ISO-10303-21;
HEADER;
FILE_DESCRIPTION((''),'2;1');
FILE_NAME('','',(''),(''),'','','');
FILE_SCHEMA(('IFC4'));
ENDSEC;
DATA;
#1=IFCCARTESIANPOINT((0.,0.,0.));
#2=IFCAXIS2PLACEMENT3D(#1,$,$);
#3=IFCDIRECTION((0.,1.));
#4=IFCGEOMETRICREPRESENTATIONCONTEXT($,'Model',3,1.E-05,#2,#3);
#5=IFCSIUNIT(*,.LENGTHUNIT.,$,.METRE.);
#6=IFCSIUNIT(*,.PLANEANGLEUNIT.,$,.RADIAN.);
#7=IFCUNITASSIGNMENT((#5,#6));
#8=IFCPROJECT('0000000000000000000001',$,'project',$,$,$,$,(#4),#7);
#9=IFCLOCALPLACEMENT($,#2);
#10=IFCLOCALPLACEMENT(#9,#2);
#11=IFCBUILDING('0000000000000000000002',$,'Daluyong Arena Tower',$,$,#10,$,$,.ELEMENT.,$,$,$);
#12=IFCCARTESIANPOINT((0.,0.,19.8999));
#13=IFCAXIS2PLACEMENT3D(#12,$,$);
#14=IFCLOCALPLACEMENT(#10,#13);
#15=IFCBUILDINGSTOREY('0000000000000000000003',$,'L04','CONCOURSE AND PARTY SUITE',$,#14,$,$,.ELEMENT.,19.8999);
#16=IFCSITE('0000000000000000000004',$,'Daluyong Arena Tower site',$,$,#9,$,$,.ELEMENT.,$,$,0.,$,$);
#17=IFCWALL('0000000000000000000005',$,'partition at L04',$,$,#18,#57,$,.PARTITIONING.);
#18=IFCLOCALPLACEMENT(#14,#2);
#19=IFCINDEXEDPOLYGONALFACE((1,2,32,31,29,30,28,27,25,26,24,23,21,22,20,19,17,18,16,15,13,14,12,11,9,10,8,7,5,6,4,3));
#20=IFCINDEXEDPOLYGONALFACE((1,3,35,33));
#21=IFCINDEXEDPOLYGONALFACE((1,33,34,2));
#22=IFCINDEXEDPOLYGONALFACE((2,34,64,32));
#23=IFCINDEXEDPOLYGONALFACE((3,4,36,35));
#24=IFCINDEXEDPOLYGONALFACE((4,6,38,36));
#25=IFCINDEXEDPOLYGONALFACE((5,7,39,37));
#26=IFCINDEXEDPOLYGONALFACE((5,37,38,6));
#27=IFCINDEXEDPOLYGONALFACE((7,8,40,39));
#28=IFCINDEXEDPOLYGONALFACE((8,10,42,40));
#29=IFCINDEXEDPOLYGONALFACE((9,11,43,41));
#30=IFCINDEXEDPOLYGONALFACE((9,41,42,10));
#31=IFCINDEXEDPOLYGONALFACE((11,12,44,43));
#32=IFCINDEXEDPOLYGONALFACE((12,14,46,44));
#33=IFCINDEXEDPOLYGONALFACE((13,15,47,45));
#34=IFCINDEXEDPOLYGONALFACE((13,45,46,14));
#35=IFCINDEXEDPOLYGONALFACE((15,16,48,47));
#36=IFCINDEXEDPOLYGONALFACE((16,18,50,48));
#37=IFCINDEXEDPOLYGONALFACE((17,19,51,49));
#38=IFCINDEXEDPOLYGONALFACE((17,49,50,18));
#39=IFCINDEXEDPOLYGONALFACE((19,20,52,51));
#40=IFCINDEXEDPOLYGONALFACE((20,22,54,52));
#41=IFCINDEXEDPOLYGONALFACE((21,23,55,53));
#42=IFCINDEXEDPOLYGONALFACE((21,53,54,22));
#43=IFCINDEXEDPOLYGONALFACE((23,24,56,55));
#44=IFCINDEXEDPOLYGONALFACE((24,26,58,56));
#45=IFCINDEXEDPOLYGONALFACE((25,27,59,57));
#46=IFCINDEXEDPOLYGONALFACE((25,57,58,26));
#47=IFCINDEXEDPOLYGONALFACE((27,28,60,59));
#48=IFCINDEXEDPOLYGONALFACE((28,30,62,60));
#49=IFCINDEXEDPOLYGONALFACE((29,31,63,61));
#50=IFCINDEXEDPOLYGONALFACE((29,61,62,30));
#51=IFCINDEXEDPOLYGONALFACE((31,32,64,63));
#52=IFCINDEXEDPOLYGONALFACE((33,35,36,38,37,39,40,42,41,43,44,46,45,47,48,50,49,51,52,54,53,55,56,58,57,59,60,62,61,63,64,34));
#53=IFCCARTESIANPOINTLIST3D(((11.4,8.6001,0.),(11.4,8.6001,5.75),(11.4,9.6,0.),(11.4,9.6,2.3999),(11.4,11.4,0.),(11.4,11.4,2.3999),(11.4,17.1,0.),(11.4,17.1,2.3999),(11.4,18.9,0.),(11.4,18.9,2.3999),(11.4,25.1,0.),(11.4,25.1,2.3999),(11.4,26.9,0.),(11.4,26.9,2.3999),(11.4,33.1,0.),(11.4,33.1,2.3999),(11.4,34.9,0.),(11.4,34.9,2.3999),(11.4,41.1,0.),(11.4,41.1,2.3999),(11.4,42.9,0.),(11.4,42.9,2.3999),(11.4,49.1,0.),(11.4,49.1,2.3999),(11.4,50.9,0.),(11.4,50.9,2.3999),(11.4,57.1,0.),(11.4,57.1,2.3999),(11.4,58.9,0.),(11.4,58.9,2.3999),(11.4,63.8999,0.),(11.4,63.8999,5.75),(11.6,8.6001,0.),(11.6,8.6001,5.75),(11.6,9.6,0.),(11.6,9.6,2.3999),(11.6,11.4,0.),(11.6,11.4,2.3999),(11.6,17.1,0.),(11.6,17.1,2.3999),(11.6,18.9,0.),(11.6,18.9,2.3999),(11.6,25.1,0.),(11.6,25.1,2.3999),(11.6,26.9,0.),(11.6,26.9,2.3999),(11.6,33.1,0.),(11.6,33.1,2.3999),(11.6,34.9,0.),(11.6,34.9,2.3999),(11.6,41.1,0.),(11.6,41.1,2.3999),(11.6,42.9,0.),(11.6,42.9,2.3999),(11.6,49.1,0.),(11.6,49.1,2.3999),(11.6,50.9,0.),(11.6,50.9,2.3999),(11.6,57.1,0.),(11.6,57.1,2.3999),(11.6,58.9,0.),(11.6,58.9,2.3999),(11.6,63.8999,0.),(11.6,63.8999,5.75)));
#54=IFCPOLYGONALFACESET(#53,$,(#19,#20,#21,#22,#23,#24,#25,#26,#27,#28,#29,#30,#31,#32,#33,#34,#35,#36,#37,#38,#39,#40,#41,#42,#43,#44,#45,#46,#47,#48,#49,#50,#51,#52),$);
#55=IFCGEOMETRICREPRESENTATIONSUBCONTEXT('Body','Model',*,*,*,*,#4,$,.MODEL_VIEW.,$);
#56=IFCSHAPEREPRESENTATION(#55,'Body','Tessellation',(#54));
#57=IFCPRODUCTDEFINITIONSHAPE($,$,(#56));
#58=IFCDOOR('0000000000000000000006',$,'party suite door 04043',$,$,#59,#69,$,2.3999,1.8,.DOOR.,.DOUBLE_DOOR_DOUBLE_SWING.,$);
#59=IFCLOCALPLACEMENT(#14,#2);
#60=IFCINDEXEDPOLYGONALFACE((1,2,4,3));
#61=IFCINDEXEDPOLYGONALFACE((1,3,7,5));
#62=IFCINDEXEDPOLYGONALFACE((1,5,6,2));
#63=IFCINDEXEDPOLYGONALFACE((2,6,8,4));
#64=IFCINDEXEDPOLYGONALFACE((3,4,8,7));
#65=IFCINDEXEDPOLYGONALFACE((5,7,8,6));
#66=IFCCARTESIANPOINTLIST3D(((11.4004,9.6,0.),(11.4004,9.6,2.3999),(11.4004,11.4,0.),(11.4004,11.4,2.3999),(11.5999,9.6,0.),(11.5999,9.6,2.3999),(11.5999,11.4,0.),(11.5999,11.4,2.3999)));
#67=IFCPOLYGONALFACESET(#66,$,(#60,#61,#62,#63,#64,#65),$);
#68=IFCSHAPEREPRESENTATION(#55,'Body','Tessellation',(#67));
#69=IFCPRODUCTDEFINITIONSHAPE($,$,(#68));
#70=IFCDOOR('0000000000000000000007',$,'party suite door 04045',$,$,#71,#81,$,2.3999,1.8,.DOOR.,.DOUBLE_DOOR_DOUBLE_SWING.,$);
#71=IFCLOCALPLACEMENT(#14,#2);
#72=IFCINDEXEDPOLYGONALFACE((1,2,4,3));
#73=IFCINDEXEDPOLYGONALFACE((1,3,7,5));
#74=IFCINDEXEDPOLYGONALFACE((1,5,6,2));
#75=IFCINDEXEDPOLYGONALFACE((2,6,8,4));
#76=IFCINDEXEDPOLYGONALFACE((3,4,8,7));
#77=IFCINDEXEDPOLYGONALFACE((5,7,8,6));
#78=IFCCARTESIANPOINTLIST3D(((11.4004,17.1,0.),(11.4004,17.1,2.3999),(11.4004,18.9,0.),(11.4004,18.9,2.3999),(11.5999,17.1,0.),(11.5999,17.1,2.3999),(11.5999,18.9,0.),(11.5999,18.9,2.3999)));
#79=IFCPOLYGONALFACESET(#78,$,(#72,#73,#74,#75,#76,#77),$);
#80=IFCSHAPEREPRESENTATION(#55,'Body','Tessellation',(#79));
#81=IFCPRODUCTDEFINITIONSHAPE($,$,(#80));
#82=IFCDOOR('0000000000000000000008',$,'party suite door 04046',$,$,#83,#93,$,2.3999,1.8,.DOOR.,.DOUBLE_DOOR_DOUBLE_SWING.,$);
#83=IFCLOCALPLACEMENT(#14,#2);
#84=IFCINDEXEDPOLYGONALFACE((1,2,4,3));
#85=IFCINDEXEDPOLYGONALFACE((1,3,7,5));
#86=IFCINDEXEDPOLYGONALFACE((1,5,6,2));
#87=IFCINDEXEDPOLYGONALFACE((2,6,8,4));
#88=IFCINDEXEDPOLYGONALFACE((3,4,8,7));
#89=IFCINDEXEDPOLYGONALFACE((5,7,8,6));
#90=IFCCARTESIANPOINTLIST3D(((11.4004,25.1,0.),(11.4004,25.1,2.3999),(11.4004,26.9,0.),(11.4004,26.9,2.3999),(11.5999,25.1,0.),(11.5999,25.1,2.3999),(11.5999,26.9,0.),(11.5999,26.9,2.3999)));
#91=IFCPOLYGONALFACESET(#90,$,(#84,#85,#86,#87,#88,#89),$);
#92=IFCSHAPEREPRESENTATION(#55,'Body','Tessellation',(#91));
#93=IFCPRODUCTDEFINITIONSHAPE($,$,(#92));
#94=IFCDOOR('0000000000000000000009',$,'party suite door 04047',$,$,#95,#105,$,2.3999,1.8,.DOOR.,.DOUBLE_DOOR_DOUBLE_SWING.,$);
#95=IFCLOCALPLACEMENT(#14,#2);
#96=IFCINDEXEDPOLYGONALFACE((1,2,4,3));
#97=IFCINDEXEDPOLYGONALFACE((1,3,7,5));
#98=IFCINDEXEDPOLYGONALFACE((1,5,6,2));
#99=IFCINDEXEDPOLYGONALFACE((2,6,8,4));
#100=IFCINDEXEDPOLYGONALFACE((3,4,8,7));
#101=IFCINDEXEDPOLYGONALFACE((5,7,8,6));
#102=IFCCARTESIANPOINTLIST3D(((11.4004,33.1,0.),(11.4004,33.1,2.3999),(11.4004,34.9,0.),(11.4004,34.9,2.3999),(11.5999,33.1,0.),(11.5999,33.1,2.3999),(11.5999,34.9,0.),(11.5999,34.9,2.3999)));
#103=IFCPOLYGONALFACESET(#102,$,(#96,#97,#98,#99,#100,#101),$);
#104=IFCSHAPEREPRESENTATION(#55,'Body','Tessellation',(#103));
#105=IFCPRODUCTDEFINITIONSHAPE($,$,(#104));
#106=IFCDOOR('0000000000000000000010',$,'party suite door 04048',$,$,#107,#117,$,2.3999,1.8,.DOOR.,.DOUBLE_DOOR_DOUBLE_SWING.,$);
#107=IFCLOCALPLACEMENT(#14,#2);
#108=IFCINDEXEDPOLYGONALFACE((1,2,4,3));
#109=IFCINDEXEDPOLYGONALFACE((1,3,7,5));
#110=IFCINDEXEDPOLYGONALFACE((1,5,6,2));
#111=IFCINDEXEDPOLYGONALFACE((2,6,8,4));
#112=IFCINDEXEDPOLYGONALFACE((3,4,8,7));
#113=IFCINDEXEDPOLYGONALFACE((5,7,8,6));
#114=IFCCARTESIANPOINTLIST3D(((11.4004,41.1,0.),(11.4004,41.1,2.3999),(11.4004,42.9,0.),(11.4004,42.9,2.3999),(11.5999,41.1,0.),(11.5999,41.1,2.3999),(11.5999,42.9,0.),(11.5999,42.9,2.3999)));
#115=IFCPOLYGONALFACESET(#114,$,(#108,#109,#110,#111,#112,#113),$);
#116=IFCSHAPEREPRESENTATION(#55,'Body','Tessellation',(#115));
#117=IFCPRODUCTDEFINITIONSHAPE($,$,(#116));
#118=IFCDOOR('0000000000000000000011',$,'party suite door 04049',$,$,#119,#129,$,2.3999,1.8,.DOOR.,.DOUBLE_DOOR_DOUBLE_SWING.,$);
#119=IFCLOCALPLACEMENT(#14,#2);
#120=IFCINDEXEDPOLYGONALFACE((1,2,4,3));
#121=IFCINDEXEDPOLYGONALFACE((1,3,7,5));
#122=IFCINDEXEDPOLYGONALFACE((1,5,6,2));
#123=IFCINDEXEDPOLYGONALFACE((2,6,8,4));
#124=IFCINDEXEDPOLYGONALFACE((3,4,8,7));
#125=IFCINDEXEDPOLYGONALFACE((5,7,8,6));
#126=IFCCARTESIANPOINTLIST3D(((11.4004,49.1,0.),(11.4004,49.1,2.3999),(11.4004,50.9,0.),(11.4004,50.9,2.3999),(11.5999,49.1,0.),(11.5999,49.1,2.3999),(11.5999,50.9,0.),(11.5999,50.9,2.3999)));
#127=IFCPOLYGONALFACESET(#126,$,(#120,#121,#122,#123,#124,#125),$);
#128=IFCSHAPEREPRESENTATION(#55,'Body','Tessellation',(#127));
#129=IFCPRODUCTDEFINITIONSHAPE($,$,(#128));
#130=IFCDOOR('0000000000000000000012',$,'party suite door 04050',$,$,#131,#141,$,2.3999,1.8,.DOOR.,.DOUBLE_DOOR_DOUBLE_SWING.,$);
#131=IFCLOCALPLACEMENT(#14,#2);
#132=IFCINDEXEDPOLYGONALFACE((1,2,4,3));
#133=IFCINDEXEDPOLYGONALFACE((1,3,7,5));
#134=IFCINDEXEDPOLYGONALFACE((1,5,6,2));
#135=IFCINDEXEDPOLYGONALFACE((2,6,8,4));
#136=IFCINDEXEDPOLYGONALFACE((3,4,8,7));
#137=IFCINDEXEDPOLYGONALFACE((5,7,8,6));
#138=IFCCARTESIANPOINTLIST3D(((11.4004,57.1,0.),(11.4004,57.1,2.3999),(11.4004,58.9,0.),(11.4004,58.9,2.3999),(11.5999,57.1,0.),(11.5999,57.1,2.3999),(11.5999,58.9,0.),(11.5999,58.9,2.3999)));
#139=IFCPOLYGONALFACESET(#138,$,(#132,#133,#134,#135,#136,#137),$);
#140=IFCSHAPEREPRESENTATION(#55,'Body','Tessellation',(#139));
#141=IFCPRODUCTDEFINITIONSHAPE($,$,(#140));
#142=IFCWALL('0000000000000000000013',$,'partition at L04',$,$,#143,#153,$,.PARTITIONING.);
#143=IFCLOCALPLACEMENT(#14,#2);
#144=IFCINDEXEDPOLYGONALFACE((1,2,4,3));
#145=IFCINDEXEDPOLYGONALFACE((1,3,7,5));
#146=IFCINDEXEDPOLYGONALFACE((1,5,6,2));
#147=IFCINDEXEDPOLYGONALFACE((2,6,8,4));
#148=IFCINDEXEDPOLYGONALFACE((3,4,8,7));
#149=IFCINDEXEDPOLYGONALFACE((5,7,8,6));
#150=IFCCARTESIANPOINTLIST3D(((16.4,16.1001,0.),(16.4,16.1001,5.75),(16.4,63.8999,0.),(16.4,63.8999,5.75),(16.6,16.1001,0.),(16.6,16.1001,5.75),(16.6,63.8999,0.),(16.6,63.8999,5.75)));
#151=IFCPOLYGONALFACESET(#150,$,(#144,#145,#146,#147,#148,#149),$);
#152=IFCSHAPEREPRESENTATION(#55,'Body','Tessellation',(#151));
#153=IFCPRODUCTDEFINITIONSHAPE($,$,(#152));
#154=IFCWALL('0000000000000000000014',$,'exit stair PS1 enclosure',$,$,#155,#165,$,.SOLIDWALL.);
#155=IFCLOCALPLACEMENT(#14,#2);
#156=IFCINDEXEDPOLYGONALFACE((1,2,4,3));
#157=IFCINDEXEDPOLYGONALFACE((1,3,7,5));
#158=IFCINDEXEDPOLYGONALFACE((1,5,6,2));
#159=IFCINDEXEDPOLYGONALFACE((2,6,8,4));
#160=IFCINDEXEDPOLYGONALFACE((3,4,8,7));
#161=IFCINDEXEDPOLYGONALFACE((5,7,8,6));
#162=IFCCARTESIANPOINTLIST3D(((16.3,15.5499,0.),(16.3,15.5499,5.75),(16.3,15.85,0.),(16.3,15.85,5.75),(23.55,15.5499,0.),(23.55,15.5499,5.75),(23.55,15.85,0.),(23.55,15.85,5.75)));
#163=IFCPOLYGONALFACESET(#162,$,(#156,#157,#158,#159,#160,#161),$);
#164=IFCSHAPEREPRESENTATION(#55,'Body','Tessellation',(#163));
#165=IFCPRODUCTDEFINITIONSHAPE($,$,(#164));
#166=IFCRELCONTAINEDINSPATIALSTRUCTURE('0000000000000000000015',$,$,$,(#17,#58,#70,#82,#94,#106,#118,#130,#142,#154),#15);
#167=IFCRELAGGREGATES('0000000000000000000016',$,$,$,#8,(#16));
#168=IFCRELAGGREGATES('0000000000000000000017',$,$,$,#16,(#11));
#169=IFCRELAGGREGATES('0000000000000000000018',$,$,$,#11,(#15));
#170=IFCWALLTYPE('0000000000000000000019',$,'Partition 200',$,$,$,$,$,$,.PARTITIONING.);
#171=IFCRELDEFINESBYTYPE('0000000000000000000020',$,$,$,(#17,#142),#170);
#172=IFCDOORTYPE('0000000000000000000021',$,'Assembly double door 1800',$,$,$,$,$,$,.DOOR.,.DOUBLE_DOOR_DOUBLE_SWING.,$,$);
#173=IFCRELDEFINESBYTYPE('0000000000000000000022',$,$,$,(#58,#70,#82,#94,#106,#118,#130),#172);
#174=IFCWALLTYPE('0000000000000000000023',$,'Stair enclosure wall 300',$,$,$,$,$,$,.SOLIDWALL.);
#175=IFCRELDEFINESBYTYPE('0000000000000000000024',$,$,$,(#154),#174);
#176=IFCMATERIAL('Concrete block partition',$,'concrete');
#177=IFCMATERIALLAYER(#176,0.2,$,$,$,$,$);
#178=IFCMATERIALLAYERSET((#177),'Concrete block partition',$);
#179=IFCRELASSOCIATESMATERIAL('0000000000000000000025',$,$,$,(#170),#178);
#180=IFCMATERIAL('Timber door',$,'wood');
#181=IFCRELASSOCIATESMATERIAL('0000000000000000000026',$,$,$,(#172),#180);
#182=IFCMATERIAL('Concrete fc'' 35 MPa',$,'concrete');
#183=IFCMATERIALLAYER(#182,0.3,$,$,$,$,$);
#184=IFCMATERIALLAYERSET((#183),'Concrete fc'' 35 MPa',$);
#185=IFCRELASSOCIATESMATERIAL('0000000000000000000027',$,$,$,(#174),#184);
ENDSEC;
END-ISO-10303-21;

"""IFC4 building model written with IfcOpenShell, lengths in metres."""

from ifc_helpers import new_model, si_unit, direction, frame, frame_2d, origin, place, context, subcontext, project, spatial, rectangle, extrude, material, layer, layer_set, type_object, element, fill, save


model = new_model("IFC4")

# Units and contexts
model_context = context("Model", 3, precision=1e-05, world=origin(), true_north=direction((0.0, 1.0)))
body_context = subcontext(model_context, "Body", "Model", "MODEL_VIEW")
ifc_project = project(units=[si_unit("LENGTHUNIT", "METRE"), si_unit("PLANEANGLEUNIT", "RADIAN")], contexts=[model_context])

# Site, building, storey
site_placement = place(None, origin())
site = spatial("IfcSite", under=ifc_project, at=site_placement, Name="Daluyong Arena Tower site", CompositionType="ELEMENT", RefElevation=0.0)
building_placement = place(site_placement, origin())
building = spatial("IfcBuilding", under=site, at=building_placement, Name="Daluyong Arena Tower", CompositionType="ELEMENT")
storey_placement = place(building_placement, frame((0.0, 0.0, 19.8999)))
storey = spatial("IfcBuildingStorey", under=building, at=storey_placement, Name="L04", Description="CONCOURSE AND PARTY SUITE", CompositionType="ELEMENT", Elevation=19.8999)

# Shared definitions
ifc_material_1 = material(Name="Concrete block partition", Category="concrete")
ifc_layer_1 = layer(ifc_material_1, 0.2)
ifc_layer_set_1 = layer_set([ifc_layer_1], Name="Concrete block partition")
wall_type_1 = type_object("IfcWallType", Name="Partition 200", PredefinedType="PARTITIONING", material=ifc_layer_set_1)

# Wall, openings, doors
wall_1_placement = place(storey_placement, frame((11.5, 8.6001, 0.0), z_axis=(0.0, 0.0, 1.0), x_axis=(0.0, 1.0, 0.0)))
wall_1 = element("IfcWall", 1, at=wall_1_placement, inside=storey, type_object=wall_type_1, Name="partition at L04", PredefinedType="PARTITIONING", context=body_context, shape_type="SweptSolid", body=[
    extrude(rectangle(XDim=55.2998, YDim=0.2, at=frame_2d((27.6499, 0.0))), origin(), (0.0, 0.0, 1.0), 5.75),
])
opening_1_placement = place(wall_1_placement, frame((1.0, 0.0, 0.0)))
opening_1 = element("IfcOpeningElement", 2, at=opening_1_placement, cuts=wall_1, PredefinedType="OPENING", context=body_context, shape_type="SweptSolid", body=[
    extrude(rectangle(XDim=1.8, YDim=2.3999, at=frame_2d((0.8999, 1.2))), frame((0.0, 0.1099, 0.0), z_axis=(0.0, -1.0, 0.0), x_axis=(1.0, 0.0, 0.0)), (0.0, 0.0, 1.0), 0.22),
])
opening_2_placement = place(wall_1_placement, frame((8.5, 0.0, 0.0)))
opening_2 = element("IfcOpeningElement", 3, at=opening_2_placement, cuts=wall_1, PredefinedType="OPENING", context=body_context, shape_type="SweptSolid", body=[
    extrude(rectangle(XDim=1.8, YDim=2.3999, at=frame_2d((0.8999, 1.2))), frame((0.0, 0.1099, 0.0), z_axis=(0.0, -1.0, 0.0), x_axis=(1.0, 0.0, 0.0)), (0.0, 0.0, 1.0), 0.22),
])
opening_3_placement = place(wall_1_placement, frame((16.5, 0.0, 0.0)))
opening_3 = element("IfcOpeningElement", 4, at=opening_3_placement, cuts=wall_1, PredefinedType="OPENING", context=body_context, shape_type="SweptSolid", body=[
    extrude(rectangle(XDim=1.8, YDim=2.3999, at=frame_2d((0.8999, 1.2))), frame((0.0, 0.1099, 0.0), z_axis=(0.0, -1.0, 0.0), x_axis=(1.0, 0.0, 0.0)), (0.0, 0.0, 1.0), 0.22),
])
opening_4_placement = place(wall_1_placement, frame((24.5, 0.0, 0.0)))
opening_4 = element("IfcOpeningElement", 5, at=opening_4_placement, cuts=wall_1, PredefinedType="OPENING", context=body_context, shape_type="SweptSolid", body=[
    extrude(rectangle(XDim=1.8, YDim=2.3999, at=frame_2d((0.8999, 1.2))), frame((0.0, 0.1099, 0.0), z_axis=(0.0, -1.0, 0.0), x_axis=(1.0, 0.0, 0.0)), (0.0, 0.0, 1.0), 0.22),
])
opening_5_placement = place(wall_1_placement, frame((32.5, 0.0, 0.0)))
opening_5 = element("IfcOpeningElement", 6, at=opening_5_placement, cuts=wall_1, PredefinedType="OPENING", context=body_context, shape_type="SweptSolid", body=[
    extrude(rectangle(XDim=1.8, YDim=2.3999, at=frame_2d((0.8999, 1.2))), frame((0.0, 0.1099, 0.0), z_axis=(0.0, -1.0, 0.0), x_axis=(1.0, 0.0, 0.0)), (0.0, 0.0, 1.0), 0.22),
])
opening_6_placement = place(wall_1_placement, frame((40.5, 0.0, 0.0)))
opening_6 = element("IfcOpeningElement", 7, at=opening_6_placement, cuts=wall_1, PredefinedType="OPENING", context=body_context, shape_type="SweptSolid", body=[
    extrude(rectangle(XDim=1.8, YDim=2.3999, at=frame_2d((0.8999, 1.2))), frame((0.0, 0.1099, 0.0), z_axis=(0.0, -1.0, 0.0), x_axis=(1.0, 0.0, 0.0)), (0.0, 0.0, 1.0), 0.22),
])
opening_7_placement = place(wall_1_placement, frame((48.5, 0.0, 0.0)))
opening_7 = element("IfcOpeningElement", 8, at=opening_7_placement, cuts=wall_1, PredefinedType="OPENING", context=body_context, shape_type="SweptSolid", body=[
    extrude(rectangle(XDim=1.8, YDim=2.3999, at=frame_2d((0.8999, 1.2))), frame((0.0, 0.1099, 0.0), z_axis=(0.0, -1.0, 0.0), x_axis=(1.0, 0.0, 0.0)), (0.0, 0.0, 1.0), 0.22),
])
ifc_material_2 = material(Name="Timber door", Category="wood")
door_type = type_object("IfcDoorType", Name="Assembly double door 1800", OperationType="DOUBLE_DOOR_DOUBLE_SWING", PredefinedType="DOOR", material=ifc_material_2)
door_1_placement = place(opening_1_placement, origin())
door_1 = element("IfcDoor", 9, at=door_1_placement, inside=storey, type_object=door_type, Name="party suite door 04043", OperationType="DOUBLE_DOOR_DOUBLE_SWING", OverallHeight=2.3999, OverallWidth=1.8, PredefinedType="DOOR", context=body_context, shape_type="SweptSolid", body=[
    extrude(rectangle(XDim=1.8, YDim=2.3999, at=frame_2d((0.8999, 1.2))), frame((0.0, 0.0996, 0.0), z_axis=(0.0, -1.0, 0.0), x_axis=(1.0, 0.0, 0.0)), (0.0, 0.0, 1.0), 0.1995),
])
fill(opening_1, door_1)
door_2_placement = place(opening_2_placement, origin())
door_2 = element("IfcDoor", 10, at=door_2_placement, inside=storey, type_object=door_type, Name="party suite door 04045", OperationType="DOUBLE_DOOR_DOUBLE_SWING", OverallHeight=2.3999, OverallWidth=1.8, PredefinedType="DOOR", context=body_context, shape_type="SweptSolid", body=[
    extrude(rectangle(XDim=1.8, YDim=2.3999, at=frame_2d((0.8999, 1.2))), frame((0.0, 0.0996, 0.0), z_axis=(0.0, -1.0, 0.0), x_axis=(1.0, 0.0, 0.0)), (0.0, 0.0, 1.0), 0.1995),
])
fill(opening_2, door_2)
door_3_placement = place(opening_3_placement, origin())
door_3 = element("IfcDoor", 11, at=door_3_placement, inside=storey, type_object=door_type, Name="party suite door 04046", OperationType="DOUBLE_DOOR_DOUBLE_SWING", OverallHeight=2.3999, OverallWidth=1.8, PredefinedType="DOOR", context=body_context, shape_type="SweptSolid", body=[
    extrude(rectangle(XDim=1.8, YDim=2.3999, at=frame_2d((0.8999, 1.2))), frame((0.0, 0.0996, 0.0), z_axis=(0.0, -1.0, 0.0), x_axis=(1.0, 0.0, 0.0)), (0.0, 0.0, 1.0), 0.1995),
])
fill(opening_3, door_3)
door_4_placement = place(opening_4_placement, origin())
door_4 = element("IfcDoor", 12, at=door_4_placement, inside=storey, type_object=door_type, Name="party suite door 04047", OperationType="DOUBLE_DOOR_DOUBLE_SWING", OverallHeight=2.3999, OverallWidth=1.8, PredefinedType="DOOR", context=body_context, shape_type="SweptSolid", body=[
    extrude(rectangle(XDim=1.8, YDim=2.3999, at=frame_2d((0.8999, 1.2))), frame((0.0, 0.0996, 0.0), z_axis=(0.0, -1.0, 0.0), x_axis=(1.0, 0.0, 0.0)), (0.0, 0.0, 1.0), 0.1995),
])
fill(opening_4, door_4)
door_5_placement = place(opening_5_placement, origin())
door_5 = element("IfcDoor", 13, at=door_5_placement, inside=storey, type_object=door_type, Name="party suite door 04048", OperationType="DOUBLE_DOOR_DOUBLE_SWING", OverallHeight=2.3999, OverallWidth=1.8, PredefinedType="DOOR", context=body_context, shape_type="SweptSolid", body=[
    extrude(rectangle(XDim=1.8, YDim=2.3999, at=frame_2d((0.8999, 1.2))), frame((0.0, 0.0996, 0.0), z_axis=(0.0, -1.0, 0.0), x_axis=(1.0, 0.0, 0.0)), (0.0, 0.0, 1.0), 0.1995),
])
fill(opening_5, door_5)
door_6_placement = place(opening_6_placement, origin())
door_6 = element("IfcDoor", 14, at=door_6_placement, inside=storey, type_object=door_type, Name="party suite door 04049", OperationType="DOUBLE_DOOR_DOUBLE_SWING", OverallHeight=2.3999, OverallWidth=1.8, PredefinedType="DOOR", context=body_context, shape_type="SweptSolid", body=[
    extrude(rectangle(XDim=1.8, YDim=2.3999, at=frame_2d((0.8999, 1.2))), frame((0.0, 0.0996, 0.0), z_axis=(0.0, -1.0, 0.0), x_axis=(1.0, 0.0, 0.0)), (0.0, 0.0, 1.0), 0.1995),
])
fill(opening_6, door_6)
door_7_placement = place(opening_7_placement, origin())
door_7 = element("IfcDoor", 15, at=door_7_placement, inside=storey, type_object=door_type, Name="party suite door 04050", OperationType="DOUBLE_DOOR_DOUBLE_SWING", OverallHeight=2.3999, OverallWidth=1.8, PredefinedType="DOOR", context=body_context, shape_type="SweptSolid", body=[
    extrude(rectangle(XDim=1.8, YDim=2.3999, at=frame_2d((0.8999, 1.2))), frame((0.0, 0.0996, 0.0), z_axis=(0.0, -1.0, 0.0), x_axis=(1.0, 0.0, 0.0)), (0.0, 0.0, 1.0), 0.1995),
])
fill(opening_7, door_7)

# Walls
wall_2_placement = place(storey_placement, frame((16.5, 16.1001, 0.0), z_axis=(0.0, 0.0, 1.0), x_axis=(0.0, 1.0, 0.0)))
element("IfcWall", 16, at=wall_2_placement, inside=storey, type_object=wall_type_1, Name="partition at L04", PredefinedType="PARTITIONING", context=body_context, shape_type="SweptSolid", body=[
    extrude(rectangle(XDim=47.7998, YDim=0.2, at=frame_2d((23.8999, 0.0))), origin(), (0.0, 0.0, 1.0), 5.75),
])
ifc_material_3 = material(Name="Concrete fc' 35 MPa", Category="concrete")
ifc_layer_2 = layer(ifc_material_3, 0.3)
ifc_layer_set_2 = layer_set([ifc_layer_2], Name="Concrete fc' 35 MPa")
wall_type_2 = type_object("IfcWallType", Name="Stair enclosure wall 300", PredefinedType="SOLIDWALL", material=ifc_layer_set_2)
wall_3_placement = place(storey_placement, frame((16.3, 15.7, 0.0), z_axis=(0.0, 0.0, 1.0), x_axis=(1.0, 0.0, 0.0)))
element("IfcWall", 17, at=wall_3_placement, inside=storey, type_object=wall_type_2, Name="exit stair PS1 enclosure", PredefinedType="SOLIDWALL", context=body_context, shape_type="SweptSolid", body=[
    extrude(rectangle(XDim=7.25, YDim=0.3, at=frame_2d((3.625, 0.0))), origin(), (0.0, 0.0, 1.0), 5.75),
])

save(model, "model.ifc")
